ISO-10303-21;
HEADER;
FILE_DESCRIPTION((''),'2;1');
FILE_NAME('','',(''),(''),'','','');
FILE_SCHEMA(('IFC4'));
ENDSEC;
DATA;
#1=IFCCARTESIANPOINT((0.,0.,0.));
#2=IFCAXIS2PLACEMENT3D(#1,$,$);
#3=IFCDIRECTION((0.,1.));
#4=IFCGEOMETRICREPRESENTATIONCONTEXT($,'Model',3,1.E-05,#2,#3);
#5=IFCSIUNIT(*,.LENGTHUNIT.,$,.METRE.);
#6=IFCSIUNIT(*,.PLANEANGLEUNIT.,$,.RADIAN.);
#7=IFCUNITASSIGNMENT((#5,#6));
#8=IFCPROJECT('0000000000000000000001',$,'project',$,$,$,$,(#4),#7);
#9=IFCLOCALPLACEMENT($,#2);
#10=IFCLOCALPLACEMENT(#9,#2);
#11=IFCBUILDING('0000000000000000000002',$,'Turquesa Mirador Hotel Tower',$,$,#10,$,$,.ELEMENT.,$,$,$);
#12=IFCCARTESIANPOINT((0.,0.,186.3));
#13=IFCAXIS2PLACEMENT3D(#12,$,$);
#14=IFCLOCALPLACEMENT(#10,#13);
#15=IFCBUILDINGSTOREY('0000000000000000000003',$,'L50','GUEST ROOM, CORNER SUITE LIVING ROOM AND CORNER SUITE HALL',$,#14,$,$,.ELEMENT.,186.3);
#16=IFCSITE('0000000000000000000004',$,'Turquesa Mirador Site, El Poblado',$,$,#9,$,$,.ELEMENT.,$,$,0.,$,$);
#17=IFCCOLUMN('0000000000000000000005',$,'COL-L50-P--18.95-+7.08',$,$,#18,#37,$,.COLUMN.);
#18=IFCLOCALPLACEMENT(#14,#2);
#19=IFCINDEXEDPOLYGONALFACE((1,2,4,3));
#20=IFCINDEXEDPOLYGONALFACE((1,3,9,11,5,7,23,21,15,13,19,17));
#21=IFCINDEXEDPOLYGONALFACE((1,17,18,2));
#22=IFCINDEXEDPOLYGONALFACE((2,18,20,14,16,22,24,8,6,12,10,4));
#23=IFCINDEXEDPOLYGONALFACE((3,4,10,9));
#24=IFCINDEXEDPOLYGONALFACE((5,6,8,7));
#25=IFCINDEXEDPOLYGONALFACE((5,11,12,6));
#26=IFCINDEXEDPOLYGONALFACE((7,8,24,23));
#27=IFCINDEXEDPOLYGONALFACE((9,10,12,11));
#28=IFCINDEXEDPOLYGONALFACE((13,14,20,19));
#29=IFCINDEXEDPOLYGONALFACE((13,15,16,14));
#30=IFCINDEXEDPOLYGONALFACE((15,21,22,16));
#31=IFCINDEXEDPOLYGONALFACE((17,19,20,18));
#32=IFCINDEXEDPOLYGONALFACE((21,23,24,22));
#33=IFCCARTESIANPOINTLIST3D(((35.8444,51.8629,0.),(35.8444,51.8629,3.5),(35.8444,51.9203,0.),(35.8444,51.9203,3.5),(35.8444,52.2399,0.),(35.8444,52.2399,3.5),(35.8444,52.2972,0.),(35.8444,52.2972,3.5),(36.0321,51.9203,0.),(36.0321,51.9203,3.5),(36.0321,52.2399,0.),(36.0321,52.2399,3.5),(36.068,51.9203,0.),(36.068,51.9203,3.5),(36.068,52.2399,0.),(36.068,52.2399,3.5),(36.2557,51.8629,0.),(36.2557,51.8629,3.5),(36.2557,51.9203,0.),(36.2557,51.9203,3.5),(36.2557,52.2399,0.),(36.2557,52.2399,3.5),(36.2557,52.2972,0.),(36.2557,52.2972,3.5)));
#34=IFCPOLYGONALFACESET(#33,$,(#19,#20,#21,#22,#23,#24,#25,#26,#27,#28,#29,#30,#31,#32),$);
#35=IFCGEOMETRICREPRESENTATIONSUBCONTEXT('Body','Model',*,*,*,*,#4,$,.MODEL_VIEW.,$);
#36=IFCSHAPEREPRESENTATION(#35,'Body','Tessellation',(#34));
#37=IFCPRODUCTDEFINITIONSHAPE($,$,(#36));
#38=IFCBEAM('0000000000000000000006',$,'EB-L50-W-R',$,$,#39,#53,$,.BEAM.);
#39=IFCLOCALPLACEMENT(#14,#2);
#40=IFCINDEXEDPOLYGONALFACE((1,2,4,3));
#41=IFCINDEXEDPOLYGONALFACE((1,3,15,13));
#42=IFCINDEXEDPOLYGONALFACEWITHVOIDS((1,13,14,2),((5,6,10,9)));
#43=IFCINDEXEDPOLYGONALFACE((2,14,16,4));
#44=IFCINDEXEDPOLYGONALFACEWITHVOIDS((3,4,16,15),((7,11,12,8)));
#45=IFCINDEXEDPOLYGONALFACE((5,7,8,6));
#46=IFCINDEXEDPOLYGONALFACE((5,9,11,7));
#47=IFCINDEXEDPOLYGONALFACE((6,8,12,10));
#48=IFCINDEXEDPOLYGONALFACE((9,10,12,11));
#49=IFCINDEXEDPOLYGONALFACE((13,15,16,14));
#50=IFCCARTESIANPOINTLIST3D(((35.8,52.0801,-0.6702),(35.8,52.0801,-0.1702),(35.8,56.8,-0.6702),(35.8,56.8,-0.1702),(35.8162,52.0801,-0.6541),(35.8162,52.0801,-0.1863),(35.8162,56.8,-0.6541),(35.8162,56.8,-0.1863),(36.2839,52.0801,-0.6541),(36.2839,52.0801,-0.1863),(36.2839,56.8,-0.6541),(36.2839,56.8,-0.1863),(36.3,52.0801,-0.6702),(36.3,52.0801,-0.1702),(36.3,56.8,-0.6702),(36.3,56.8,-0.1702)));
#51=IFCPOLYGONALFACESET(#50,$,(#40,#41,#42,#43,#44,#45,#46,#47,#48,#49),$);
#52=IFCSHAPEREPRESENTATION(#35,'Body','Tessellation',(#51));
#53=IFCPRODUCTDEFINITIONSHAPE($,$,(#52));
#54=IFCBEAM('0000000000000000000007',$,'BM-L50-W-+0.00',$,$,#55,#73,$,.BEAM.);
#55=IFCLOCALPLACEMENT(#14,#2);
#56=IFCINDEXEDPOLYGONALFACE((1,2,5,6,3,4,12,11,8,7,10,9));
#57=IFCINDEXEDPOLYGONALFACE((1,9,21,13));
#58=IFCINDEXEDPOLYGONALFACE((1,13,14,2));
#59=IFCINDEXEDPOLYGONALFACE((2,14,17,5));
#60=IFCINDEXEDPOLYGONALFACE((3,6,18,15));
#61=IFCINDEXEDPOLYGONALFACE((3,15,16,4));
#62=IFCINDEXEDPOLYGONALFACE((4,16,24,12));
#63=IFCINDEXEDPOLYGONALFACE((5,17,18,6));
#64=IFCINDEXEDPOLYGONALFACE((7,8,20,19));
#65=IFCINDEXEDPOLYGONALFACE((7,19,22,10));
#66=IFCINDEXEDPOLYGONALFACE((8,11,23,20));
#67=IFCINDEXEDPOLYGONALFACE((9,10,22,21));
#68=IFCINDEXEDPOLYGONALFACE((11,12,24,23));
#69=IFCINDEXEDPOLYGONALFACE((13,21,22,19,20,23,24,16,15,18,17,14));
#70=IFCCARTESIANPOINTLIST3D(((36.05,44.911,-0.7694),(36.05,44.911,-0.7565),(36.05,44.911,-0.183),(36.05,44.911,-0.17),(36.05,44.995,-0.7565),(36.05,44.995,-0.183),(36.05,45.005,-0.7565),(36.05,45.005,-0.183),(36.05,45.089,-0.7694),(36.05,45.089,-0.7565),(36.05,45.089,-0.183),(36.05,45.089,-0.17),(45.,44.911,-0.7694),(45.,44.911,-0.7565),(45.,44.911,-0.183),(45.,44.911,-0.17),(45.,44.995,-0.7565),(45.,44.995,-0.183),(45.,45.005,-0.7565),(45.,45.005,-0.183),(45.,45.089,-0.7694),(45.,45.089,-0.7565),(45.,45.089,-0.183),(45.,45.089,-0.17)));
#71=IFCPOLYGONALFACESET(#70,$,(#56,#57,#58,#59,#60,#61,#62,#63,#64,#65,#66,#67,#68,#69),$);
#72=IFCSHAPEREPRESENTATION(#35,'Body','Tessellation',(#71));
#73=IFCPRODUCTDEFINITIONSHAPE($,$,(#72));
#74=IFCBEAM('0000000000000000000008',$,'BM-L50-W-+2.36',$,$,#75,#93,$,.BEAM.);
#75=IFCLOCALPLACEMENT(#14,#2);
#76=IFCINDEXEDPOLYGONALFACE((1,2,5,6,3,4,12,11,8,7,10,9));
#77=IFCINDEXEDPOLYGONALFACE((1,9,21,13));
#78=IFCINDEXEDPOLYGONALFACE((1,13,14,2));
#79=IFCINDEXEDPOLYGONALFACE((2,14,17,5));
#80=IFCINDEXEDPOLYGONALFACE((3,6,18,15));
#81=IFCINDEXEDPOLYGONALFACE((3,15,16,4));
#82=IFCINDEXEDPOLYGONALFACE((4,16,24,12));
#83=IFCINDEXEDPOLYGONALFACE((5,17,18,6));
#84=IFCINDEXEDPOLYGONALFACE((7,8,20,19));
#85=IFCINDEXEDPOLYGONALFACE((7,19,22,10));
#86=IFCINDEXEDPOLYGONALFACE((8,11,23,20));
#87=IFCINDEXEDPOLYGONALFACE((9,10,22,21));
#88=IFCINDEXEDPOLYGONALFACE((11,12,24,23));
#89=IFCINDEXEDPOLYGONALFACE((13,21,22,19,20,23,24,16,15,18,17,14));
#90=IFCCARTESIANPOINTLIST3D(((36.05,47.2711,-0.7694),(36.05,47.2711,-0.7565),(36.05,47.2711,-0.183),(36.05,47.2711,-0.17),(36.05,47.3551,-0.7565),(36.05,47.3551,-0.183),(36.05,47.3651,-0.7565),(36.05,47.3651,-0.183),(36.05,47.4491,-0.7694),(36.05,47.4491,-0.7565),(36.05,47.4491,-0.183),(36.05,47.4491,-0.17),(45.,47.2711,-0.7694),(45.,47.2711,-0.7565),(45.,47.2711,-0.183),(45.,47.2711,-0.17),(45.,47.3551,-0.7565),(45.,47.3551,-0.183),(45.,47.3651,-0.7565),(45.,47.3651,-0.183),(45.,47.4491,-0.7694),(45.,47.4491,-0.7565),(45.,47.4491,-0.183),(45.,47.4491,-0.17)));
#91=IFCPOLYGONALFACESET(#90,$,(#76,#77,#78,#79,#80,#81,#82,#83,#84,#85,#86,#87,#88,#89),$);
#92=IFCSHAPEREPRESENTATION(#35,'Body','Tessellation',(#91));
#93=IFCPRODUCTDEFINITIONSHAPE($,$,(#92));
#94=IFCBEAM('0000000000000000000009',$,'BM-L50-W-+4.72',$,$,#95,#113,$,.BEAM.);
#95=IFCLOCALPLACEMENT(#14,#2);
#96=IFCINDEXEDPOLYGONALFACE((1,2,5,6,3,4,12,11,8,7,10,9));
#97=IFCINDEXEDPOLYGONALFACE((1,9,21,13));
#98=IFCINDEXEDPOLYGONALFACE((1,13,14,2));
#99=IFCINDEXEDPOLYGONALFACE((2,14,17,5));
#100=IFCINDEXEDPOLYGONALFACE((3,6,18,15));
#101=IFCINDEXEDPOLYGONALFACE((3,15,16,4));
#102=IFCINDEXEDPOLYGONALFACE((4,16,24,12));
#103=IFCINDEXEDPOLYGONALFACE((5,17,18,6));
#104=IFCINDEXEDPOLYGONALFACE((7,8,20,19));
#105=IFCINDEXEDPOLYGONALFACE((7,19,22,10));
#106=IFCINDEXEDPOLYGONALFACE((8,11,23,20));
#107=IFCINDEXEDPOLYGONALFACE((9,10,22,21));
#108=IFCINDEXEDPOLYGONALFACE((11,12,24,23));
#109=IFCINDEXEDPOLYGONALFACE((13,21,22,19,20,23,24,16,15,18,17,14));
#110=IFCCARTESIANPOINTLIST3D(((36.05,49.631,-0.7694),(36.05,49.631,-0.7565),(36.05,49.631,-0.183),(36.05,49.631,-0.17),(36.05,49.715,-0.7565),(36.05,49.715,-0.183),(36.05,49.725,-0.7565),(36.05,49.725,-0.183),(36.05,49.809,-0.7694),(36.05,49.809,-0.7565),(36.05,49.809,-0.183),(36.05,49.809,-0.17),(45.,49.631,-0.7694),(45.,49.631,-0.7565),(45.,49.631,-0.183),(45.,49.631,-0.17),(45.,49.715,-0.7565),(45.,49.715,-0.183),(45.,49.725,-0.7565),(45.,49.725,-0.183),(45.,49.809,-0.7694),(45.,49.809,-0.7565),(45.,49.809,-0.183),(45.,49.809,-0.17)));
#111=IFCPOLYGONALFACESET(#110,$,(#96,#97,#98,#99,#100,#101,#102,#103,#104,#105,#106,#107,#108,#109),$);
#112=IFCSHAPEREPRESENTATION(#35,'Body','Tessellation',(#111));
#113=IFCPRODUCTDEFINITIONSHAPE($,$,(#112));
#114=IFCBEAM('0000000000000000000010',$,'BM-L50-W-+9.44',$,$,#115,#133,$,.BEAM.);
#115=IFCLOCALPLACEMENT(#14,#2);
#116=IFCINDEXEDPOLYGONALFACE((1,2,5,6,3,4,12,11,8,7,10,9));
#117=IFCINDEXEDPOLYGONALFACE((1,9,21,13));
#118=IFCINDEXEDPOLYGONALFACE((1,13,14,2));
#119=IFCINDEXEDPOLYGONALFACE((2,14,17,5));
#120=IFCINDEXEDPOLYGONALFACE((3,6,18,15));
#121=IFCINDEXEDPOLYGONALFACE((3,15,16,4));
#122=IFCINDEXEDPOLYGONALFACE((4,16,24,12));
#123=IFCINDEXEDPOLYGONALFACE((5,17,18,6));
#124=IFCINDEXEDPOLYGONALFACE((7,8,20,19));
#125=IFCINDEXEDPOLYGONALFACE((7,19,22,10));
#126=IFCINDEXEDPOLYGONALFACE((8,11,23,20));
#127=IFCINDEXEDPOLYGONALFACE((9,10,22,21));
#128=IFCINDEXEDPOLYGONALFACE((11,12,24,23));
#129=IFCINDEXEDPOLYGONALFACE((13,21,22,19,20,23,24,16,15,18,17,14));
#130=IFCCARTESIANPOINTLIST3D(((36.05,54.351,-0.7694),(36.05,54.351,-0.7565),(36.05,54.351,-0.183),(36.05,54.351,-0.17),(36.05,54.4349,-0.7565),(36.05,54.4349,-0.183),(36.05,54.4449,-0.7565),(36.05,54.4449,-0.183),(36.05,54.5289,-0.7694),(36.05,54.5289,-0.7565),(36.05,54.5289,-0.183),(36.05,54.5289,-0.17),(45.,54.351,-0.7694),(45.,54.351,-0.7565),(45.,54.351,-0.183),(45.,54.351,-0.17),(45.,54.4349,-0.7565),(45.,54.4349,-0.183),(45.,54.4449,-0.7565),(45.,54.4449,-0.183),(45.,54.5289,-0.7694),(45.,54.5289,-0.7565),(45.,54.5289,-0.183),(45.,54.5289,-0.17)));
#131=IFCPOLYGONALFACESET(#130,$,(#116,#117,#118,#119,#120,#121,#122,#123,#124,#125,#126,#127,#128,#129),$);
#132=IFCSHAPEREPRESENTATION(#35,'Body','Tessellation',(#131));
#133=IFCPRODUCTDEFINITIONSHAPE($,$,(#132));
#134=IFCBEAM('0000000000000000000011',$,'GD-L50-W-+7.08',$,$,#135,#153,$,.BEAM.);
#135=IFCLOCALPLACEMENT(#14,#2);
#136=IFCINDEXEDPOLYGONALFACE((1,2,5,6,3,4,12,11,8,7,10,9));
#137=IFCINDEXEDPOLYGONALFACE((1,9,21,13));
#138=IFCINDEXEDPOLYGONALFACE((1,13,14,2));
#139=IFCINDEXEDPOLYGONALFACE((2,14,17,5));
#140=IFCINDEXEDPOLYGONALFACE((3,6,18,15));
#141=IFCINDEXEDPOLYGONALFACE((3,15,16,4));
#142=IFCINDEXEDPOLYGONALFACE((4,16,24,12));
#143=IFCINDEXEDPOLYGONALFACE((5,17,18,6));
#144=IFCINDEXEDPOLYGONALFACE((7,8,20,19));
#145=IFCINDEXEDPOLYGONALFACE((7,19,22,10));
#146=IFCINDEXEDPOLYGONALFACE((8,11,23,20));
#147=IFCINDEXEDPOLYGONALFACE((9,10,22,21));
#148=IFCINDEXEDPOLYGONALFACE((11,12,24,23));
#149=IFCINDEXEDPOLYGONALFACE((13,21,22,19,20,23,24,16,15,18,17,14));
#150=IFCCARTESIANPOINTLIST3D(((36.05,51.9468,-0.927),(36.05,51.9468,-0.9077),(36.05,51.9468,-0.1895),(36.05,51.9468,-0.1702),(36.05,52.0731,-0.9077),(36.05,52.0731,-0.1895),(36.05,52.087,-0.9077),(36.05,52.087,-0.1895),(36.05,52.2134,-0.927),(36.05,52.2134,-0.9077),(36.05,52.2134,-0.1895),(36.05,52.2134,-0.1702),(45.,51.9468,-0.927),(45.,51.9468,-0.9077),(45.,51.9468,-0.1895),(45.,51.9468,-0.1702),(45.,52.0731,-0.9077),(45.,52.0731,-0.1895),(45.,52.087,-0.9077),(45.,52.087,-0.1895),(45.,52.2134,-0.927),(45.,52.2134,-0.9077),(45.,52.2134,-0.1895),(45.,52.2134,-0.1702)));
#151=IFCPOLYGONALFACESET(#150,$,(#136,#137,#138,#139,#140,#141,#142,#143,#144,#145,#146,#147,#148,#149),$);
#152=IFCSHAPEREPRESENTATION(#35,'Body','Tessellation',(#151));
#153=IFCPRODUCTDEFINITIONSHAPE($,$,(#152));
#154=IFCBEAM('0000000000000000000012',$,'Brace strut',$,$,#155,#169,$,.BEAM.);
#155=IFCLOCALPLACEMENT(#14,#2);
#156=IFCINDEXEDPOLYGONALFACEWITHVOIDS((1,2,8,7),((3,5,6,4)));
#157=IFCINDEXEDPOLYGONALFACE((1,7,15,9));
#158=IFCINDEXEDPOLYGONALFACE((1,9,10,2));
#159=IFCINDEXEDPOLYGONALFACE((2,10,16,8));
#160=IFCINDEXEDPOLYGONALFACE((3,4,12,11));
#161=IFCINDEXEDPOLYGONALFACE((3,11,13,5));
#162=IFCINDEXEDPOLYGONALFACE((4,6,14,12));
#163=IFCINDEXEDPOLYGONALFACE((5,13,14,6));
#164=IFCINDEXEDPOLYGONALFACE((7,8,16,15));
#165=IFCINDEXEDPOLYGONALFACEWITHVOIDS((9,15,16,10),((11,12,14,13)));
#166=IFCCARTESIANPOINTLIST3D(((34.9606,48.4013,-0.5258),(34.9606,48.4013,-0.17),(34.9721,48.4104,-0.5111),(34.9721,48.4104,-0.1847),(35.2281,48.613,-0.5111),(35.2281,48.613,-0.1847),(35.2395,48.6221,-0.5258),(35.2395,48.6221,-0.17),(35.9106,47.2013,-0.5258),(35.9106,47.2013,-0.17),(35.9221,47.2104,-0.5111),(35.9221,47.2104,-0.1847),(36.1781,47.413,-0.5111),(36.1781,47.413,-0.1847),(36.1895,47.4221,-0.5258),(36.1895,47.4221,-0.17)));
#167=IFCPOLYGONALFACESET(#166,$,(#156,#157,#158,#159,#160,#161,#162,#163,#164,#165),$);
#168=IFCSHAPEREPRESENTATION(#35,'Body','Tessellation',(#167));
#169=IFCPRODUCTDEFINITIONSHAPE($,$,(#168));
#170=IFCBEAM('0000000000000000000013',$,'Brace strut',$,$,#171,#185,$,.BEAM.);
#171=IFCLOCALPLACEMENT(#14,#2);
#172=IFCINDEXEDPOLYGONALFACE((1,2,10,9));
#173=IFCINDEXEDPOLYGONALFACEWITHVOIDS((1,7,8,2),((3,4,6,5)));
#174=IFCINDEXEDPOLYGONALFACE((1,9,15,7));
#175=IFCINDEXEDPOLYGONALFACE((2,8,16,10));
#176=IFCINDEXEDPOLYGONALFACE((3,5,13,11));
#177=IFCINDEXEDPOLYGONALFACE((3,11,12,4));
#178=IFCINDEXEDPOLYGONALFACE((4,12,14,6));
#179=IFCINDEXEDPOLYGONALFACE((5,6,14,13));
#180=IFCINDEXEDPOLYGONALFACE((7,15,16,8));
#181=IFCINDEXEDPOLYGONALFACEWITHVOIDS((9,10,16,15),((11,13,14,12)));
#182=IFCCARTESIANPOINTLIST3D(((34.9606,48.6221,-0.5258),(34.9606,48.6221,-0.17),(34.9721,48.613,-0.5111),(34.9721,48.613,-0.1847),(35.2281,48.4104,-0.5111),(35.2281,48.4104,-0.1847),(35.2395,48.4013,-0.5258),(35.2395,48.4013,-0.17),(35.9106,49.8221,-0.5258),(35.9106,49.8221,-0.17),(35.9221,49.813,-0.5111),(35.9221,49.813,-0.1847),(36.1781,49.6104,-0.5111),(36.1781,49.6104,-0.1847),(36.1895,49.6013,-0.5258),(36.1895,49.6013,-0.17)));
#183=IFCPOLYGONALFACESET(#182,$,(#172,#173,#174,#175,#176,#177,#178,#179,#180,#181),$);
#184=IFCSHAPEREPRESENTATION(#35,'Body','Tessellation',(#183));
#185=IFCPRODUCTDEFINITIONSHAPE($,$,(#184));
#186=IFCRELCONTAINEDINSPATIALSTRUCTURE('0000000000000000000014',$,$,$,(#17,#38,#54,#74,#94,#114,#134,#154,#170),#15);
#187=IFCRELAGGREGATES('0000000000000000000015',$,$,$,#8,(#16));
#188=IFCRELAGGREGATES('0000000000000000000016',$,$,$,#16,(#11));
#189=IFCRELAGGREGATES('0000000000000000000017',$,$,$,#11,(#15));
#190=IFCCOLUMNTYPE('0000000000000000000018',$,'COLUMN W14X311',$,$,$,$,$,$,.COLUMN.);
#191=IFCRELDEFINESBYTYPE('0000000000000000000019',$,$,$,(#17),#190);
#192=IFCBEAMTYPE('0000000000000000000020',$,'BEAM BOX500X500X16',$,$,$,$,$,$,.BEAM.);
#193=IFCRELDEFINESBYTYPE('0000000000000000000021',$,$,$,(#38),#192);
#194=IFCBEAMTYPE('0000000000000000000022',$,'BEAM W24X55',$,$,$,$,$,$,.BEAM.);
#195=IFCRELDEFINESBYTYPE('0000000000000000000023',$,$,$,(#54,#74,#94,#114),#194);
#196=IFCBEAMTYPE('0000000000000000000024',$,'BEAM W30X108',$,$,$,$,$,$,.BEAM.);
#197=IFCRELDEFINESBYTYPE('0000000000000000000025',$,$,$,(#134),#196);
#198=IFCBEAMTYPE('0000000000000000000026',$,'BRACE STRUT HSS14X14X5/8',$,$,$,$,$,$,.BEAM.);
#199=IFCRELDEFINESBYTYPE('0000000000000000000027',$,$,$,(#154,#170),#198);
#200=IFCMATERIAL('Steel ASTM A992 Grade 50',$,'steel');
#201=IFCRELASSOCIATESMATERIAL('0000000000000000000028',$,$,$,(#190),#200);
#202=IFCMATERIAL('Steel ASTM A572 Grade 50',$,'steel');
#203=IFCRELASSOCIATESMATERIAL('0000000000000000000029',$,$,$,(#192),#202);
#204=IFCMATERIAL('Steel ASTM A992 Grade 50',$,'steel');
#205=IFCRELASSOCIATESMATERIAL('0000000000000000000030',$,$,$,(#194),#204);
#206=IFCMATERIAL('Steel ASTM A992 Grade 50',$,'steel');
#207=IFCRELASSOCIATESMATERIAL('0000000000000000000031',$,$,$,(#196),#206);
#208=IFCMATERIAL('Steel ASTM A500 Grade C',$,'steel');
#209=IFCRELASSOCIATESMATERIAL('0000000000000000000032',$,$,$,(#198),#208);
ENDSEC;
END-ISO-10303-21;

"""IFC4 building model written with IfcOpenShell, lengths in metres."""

from ifc_helpers import new_model, si_unit, direction, frame, origin, origin_2d, place, context, subcontext, project, spatial, hollow_rectangle, i_section, extrude, material, material_profile, profile_set, type_object, element, save


model = new_model("IFC4")

# Units and contexts
model_context = context("Model", 3, precision=1e-05, world=origin(), true_north=direction((0.0, 1.0)))
body_context = subcontext(model_context, "Body", "Model", "MODEL_VIEW")
ifc_project = project(units=[si_unit("LENGTHUNIT", "METRE"), si_unit("PLANEANGLEUNIT", "RADIAN")], contexts=[model_context])

# Site, building, storey
site_placement = place(None, origin())
site = spatial("IfcSite", under=ifc_project, at=site_placement, Name="Turquesa Mirador Site, El Poblado", CompositionType="ELEMENT", RefElevation=0.0)
building_placement = place(site_placement, origin())
building = spatial("IfcBuilding", under=site, at=building_placement, Name="Turquesa Mirador Hotel Tower", CompositionType="ELEMENT")
storey_placement = place(building_placement, frame((0.0, 0.0, 186.3)))
storey = spatial("IfcBuildingStorey", under=building, at=storey_placement, Name="L50", Description="GUEST ROOM, CORNER SUITE LIVING ROOM AND CORNER SUITE HALL", CompositionType="ELEMENT", Elevation=186.3)

# Column
ifc_material_1 = material(Name="Steel ASTM A992 Grade 50", Category="steel")
ifc_material_profile_1 = material_profile(ifc_material_1, i_section(OverallWidth=0.4114, OverallDepth=0.4343, WebThickness=0.0359, FlangeThickness=0.0574, at=origin_2d()), Name="W14X311")
ifc_profile_set_1 = profile_set([ifc_material_profile_1], Name="Steel ASTM A992 Grade 50")
column_type = type_object("IfcColumnType", Name="COLUMN W14X311", PredefinedType="COLUMN", material=ifc_profile_set_1)
column_placement = place(storey_placement, frame((36.05, 52.0801, 0.0), z_axis=(0.0, 0.0, 1.0), x_axis=(1.0, 0.0, 0.0)))
element("IfcColumn", 1, at=column_placement, inside=storey, type_object=column_type, Name="COL-L50-P--18.95-+7.08", PredefinedType="COLUMN", context=body_context, shape_type="SweptSolid", body=[
    extrude(i_section(OverallWidth=0.4114, OverallDepth=0.4343, WebThickness=0.0359, FlangeThickness=0.0574, at=origin_2d()), origin(), (0.0, 0.0, 1.0), 3.5),
])

# Beams
ifc_material_2 = material(Name="Steel ASTM A572 Grade 50", Category="steel")
ifc_material_profile_2 = material_profile(ifc_material_2, hollow_rectangle(XDim=0.5, YDim=0.5, WallThickness=0.0161, at=origin_2d()), Name="BOX500X500X16")
ifc_profile_set_2 = profile_set([ifc_material_profile_2], Name="Steel ASTM A572 Grade 50")
beam_type_1 = type_object("IfcBeamType", Name="BEAM BOX500X500X16", PredefinedType="BEAM", material=ifc_profile_set_2)
beam_1_placement = place(storey_placement, frame((36.05, 52.0801, -0.4202), z_axis=(0.0, 1.0, 0.0), x_axis=(-1.0, 0.0, 0.0)))
element("IfcBeam", 2, at=beam_1_placement, inside=storey, type_object=beam_type_1, Name="EB-L50-W-R", PredefinedType="BEAM", context=body_context, shape_type="SweptSolid", body=[
    extrude(hollow_rectangle(XDim=0.5, YDim=0.5, WallThickness=0.0161, at=origin_2d()), origin(), (0.0, 0.0, 1.0), 4.72),
])
ifc_material_3 = material(Name="Steel ASTM A992 Grade 50", Category="steel")
ifc_material_profile_3 = material_profile(ifc_material_3, i_section(OverallWidth=0.178, OverallDepth=0.5994, WebThickness=0.01, FlangeThickness=0.0129, at=origin_2d()), Name="W24X55")
ifc_profile_set_3 = profile_set([ifc_material_profile_3], Name="Steel ASTM A992 Grade 50")
beam_type_2 = type_object("IfcBeamType", Name="BEAM W24X55", PredefinedType="BEAM", material=ifc_profile_set_3)
for number, where, z_axis, x_axis, name in (
    (3, (36.05, 45.0, -0.4697), (1.0, 0.0, 0.0), (0.0, 1.0, 0.0), "BM-L50-W-+0.00"),
    (4, (36.05, 47.3601, -0.4697), (1.0, 0.0, 0.0), (0.0, 1.0, 0.0), "BM-L50-W-+2.36"),
    (5, (36.05, 49.72, -0.4697), (1.0, 0.0, 0.0), (0.0, 1.0, 0.0), "BM-L50-W-+4.72"),
    (6, (36.05, 54.4399, -0.4697), (1.0, 0.0, 0.0), (0.0, 1.0, 0.0), "BM-L50-W-+9.44"),
):
    element("IfcBeam", number, at=place(storey_placement, frame(where, z_axis=z_axis, x_axis=x_axis)), inside=storey, type_object=beam_type_2, Name=name, PredefinedType="BEAM", context=body_context, shape_type="SweptSolid", body=[
        extrude(i_section(OverallWidth=0.178, OverallDepth=0.5994, WebThickness=0.01, FlangeThickness=0.0129, at=origin_2d()), origin(), (0.0, 0.0, 1.0), 8.95),
    ])
ifc_material_4 = material(Name="Steel ASTM A992 Grade 50", Category="steel")
ifc_material_profile_4 = material_profile(ifc_material_4, i_section(OverallWidth=0.2666, OverallDepth=0.7568, WebThickness=0.0139, FlangeThickness=0.0193, at=origin_2d()), Name="W30X108")
ifc_profile_set_4 = profile_set([ifc_material_profile_4], Name="Steel ASTM A992 Grade 50")
beam_type_3 = type_object("IfcBeamType", Name="BEAM W30X108", PredefinedType="BEAM", material=ifc_profile_set_4)
beam_2_placement = place(storey_placement, frame((36.05, 52.0801, -0.5486), z_axis=(1.0, 0.0, 0.0), x_axis=(0.0, 1.0, 0.0)))
element("IfcBeam", 7, at=beam_2_placement, inside=storey, type_object=beam_type_3, Name="GD-L50-W-+7.08", PredefinedType="BEAM", context=body_context, shape_type="SweptSolid", body=[
    extrude(i_section(OverallWidth=0.2666, OverallDepth=0.7568, WebThickness=0.0139, FlangeThickness=0.0193, at=origin_2d()), origin(), (0.0, 0.0, 1.0), 8.95),
])
ifc_material_5 = material(Name="Steel ASTM A500 Grade C", Category="steel")
ifc_material_profile_5 = material_profile(ifc_material_5, hollow_rectangle(XDim=0.3557, YDim=0.3557, WallThickness=0.0146, at=origin_2d()), Name="HSS14X14X5/8")
ifc_profile_set_5 = profile_set([ifc_material_profile_5], Name="Steel ASTM A500 Grade C")
beam_type_4 = type_object("IfcBeamType", Name="BRACE STRUT HSS14X14X5/8", PredefinedType="BEAM", material=ifc_profile_set_5)
for number, where, z_axis, x_axis, name in (
    (8, (35.1001, 48.5117, -0.3479), (0.620699, -0.784049, 0.0), (0.784049, 0.620699, 0.0), "Brace strut"),
    (9, (35.1001, 48.5117, -0.3479), (0.620699, 0.784049, 0.0), (-0.784049, 0.620699, 0.0), "Brace strut"),
):
    element("IfcBeam", number, at=place(storey_placement, frame(where, z_axis=z_axis, x_axis=x_axis)), inside=storey, type_object=beam_type_4, Name=name, PredefinedType="BEAM", context=body_context, shape_type="SweptSolid", body=[
        extrude(hollow_rectangle(XDim=0.3557, YDim=0.3557, WallThickness=0.0146, at=origin_2d()), origin(), (0.0, 0.0, 1.0), 1.5305),
    ])

save(model, "model.ifc")
